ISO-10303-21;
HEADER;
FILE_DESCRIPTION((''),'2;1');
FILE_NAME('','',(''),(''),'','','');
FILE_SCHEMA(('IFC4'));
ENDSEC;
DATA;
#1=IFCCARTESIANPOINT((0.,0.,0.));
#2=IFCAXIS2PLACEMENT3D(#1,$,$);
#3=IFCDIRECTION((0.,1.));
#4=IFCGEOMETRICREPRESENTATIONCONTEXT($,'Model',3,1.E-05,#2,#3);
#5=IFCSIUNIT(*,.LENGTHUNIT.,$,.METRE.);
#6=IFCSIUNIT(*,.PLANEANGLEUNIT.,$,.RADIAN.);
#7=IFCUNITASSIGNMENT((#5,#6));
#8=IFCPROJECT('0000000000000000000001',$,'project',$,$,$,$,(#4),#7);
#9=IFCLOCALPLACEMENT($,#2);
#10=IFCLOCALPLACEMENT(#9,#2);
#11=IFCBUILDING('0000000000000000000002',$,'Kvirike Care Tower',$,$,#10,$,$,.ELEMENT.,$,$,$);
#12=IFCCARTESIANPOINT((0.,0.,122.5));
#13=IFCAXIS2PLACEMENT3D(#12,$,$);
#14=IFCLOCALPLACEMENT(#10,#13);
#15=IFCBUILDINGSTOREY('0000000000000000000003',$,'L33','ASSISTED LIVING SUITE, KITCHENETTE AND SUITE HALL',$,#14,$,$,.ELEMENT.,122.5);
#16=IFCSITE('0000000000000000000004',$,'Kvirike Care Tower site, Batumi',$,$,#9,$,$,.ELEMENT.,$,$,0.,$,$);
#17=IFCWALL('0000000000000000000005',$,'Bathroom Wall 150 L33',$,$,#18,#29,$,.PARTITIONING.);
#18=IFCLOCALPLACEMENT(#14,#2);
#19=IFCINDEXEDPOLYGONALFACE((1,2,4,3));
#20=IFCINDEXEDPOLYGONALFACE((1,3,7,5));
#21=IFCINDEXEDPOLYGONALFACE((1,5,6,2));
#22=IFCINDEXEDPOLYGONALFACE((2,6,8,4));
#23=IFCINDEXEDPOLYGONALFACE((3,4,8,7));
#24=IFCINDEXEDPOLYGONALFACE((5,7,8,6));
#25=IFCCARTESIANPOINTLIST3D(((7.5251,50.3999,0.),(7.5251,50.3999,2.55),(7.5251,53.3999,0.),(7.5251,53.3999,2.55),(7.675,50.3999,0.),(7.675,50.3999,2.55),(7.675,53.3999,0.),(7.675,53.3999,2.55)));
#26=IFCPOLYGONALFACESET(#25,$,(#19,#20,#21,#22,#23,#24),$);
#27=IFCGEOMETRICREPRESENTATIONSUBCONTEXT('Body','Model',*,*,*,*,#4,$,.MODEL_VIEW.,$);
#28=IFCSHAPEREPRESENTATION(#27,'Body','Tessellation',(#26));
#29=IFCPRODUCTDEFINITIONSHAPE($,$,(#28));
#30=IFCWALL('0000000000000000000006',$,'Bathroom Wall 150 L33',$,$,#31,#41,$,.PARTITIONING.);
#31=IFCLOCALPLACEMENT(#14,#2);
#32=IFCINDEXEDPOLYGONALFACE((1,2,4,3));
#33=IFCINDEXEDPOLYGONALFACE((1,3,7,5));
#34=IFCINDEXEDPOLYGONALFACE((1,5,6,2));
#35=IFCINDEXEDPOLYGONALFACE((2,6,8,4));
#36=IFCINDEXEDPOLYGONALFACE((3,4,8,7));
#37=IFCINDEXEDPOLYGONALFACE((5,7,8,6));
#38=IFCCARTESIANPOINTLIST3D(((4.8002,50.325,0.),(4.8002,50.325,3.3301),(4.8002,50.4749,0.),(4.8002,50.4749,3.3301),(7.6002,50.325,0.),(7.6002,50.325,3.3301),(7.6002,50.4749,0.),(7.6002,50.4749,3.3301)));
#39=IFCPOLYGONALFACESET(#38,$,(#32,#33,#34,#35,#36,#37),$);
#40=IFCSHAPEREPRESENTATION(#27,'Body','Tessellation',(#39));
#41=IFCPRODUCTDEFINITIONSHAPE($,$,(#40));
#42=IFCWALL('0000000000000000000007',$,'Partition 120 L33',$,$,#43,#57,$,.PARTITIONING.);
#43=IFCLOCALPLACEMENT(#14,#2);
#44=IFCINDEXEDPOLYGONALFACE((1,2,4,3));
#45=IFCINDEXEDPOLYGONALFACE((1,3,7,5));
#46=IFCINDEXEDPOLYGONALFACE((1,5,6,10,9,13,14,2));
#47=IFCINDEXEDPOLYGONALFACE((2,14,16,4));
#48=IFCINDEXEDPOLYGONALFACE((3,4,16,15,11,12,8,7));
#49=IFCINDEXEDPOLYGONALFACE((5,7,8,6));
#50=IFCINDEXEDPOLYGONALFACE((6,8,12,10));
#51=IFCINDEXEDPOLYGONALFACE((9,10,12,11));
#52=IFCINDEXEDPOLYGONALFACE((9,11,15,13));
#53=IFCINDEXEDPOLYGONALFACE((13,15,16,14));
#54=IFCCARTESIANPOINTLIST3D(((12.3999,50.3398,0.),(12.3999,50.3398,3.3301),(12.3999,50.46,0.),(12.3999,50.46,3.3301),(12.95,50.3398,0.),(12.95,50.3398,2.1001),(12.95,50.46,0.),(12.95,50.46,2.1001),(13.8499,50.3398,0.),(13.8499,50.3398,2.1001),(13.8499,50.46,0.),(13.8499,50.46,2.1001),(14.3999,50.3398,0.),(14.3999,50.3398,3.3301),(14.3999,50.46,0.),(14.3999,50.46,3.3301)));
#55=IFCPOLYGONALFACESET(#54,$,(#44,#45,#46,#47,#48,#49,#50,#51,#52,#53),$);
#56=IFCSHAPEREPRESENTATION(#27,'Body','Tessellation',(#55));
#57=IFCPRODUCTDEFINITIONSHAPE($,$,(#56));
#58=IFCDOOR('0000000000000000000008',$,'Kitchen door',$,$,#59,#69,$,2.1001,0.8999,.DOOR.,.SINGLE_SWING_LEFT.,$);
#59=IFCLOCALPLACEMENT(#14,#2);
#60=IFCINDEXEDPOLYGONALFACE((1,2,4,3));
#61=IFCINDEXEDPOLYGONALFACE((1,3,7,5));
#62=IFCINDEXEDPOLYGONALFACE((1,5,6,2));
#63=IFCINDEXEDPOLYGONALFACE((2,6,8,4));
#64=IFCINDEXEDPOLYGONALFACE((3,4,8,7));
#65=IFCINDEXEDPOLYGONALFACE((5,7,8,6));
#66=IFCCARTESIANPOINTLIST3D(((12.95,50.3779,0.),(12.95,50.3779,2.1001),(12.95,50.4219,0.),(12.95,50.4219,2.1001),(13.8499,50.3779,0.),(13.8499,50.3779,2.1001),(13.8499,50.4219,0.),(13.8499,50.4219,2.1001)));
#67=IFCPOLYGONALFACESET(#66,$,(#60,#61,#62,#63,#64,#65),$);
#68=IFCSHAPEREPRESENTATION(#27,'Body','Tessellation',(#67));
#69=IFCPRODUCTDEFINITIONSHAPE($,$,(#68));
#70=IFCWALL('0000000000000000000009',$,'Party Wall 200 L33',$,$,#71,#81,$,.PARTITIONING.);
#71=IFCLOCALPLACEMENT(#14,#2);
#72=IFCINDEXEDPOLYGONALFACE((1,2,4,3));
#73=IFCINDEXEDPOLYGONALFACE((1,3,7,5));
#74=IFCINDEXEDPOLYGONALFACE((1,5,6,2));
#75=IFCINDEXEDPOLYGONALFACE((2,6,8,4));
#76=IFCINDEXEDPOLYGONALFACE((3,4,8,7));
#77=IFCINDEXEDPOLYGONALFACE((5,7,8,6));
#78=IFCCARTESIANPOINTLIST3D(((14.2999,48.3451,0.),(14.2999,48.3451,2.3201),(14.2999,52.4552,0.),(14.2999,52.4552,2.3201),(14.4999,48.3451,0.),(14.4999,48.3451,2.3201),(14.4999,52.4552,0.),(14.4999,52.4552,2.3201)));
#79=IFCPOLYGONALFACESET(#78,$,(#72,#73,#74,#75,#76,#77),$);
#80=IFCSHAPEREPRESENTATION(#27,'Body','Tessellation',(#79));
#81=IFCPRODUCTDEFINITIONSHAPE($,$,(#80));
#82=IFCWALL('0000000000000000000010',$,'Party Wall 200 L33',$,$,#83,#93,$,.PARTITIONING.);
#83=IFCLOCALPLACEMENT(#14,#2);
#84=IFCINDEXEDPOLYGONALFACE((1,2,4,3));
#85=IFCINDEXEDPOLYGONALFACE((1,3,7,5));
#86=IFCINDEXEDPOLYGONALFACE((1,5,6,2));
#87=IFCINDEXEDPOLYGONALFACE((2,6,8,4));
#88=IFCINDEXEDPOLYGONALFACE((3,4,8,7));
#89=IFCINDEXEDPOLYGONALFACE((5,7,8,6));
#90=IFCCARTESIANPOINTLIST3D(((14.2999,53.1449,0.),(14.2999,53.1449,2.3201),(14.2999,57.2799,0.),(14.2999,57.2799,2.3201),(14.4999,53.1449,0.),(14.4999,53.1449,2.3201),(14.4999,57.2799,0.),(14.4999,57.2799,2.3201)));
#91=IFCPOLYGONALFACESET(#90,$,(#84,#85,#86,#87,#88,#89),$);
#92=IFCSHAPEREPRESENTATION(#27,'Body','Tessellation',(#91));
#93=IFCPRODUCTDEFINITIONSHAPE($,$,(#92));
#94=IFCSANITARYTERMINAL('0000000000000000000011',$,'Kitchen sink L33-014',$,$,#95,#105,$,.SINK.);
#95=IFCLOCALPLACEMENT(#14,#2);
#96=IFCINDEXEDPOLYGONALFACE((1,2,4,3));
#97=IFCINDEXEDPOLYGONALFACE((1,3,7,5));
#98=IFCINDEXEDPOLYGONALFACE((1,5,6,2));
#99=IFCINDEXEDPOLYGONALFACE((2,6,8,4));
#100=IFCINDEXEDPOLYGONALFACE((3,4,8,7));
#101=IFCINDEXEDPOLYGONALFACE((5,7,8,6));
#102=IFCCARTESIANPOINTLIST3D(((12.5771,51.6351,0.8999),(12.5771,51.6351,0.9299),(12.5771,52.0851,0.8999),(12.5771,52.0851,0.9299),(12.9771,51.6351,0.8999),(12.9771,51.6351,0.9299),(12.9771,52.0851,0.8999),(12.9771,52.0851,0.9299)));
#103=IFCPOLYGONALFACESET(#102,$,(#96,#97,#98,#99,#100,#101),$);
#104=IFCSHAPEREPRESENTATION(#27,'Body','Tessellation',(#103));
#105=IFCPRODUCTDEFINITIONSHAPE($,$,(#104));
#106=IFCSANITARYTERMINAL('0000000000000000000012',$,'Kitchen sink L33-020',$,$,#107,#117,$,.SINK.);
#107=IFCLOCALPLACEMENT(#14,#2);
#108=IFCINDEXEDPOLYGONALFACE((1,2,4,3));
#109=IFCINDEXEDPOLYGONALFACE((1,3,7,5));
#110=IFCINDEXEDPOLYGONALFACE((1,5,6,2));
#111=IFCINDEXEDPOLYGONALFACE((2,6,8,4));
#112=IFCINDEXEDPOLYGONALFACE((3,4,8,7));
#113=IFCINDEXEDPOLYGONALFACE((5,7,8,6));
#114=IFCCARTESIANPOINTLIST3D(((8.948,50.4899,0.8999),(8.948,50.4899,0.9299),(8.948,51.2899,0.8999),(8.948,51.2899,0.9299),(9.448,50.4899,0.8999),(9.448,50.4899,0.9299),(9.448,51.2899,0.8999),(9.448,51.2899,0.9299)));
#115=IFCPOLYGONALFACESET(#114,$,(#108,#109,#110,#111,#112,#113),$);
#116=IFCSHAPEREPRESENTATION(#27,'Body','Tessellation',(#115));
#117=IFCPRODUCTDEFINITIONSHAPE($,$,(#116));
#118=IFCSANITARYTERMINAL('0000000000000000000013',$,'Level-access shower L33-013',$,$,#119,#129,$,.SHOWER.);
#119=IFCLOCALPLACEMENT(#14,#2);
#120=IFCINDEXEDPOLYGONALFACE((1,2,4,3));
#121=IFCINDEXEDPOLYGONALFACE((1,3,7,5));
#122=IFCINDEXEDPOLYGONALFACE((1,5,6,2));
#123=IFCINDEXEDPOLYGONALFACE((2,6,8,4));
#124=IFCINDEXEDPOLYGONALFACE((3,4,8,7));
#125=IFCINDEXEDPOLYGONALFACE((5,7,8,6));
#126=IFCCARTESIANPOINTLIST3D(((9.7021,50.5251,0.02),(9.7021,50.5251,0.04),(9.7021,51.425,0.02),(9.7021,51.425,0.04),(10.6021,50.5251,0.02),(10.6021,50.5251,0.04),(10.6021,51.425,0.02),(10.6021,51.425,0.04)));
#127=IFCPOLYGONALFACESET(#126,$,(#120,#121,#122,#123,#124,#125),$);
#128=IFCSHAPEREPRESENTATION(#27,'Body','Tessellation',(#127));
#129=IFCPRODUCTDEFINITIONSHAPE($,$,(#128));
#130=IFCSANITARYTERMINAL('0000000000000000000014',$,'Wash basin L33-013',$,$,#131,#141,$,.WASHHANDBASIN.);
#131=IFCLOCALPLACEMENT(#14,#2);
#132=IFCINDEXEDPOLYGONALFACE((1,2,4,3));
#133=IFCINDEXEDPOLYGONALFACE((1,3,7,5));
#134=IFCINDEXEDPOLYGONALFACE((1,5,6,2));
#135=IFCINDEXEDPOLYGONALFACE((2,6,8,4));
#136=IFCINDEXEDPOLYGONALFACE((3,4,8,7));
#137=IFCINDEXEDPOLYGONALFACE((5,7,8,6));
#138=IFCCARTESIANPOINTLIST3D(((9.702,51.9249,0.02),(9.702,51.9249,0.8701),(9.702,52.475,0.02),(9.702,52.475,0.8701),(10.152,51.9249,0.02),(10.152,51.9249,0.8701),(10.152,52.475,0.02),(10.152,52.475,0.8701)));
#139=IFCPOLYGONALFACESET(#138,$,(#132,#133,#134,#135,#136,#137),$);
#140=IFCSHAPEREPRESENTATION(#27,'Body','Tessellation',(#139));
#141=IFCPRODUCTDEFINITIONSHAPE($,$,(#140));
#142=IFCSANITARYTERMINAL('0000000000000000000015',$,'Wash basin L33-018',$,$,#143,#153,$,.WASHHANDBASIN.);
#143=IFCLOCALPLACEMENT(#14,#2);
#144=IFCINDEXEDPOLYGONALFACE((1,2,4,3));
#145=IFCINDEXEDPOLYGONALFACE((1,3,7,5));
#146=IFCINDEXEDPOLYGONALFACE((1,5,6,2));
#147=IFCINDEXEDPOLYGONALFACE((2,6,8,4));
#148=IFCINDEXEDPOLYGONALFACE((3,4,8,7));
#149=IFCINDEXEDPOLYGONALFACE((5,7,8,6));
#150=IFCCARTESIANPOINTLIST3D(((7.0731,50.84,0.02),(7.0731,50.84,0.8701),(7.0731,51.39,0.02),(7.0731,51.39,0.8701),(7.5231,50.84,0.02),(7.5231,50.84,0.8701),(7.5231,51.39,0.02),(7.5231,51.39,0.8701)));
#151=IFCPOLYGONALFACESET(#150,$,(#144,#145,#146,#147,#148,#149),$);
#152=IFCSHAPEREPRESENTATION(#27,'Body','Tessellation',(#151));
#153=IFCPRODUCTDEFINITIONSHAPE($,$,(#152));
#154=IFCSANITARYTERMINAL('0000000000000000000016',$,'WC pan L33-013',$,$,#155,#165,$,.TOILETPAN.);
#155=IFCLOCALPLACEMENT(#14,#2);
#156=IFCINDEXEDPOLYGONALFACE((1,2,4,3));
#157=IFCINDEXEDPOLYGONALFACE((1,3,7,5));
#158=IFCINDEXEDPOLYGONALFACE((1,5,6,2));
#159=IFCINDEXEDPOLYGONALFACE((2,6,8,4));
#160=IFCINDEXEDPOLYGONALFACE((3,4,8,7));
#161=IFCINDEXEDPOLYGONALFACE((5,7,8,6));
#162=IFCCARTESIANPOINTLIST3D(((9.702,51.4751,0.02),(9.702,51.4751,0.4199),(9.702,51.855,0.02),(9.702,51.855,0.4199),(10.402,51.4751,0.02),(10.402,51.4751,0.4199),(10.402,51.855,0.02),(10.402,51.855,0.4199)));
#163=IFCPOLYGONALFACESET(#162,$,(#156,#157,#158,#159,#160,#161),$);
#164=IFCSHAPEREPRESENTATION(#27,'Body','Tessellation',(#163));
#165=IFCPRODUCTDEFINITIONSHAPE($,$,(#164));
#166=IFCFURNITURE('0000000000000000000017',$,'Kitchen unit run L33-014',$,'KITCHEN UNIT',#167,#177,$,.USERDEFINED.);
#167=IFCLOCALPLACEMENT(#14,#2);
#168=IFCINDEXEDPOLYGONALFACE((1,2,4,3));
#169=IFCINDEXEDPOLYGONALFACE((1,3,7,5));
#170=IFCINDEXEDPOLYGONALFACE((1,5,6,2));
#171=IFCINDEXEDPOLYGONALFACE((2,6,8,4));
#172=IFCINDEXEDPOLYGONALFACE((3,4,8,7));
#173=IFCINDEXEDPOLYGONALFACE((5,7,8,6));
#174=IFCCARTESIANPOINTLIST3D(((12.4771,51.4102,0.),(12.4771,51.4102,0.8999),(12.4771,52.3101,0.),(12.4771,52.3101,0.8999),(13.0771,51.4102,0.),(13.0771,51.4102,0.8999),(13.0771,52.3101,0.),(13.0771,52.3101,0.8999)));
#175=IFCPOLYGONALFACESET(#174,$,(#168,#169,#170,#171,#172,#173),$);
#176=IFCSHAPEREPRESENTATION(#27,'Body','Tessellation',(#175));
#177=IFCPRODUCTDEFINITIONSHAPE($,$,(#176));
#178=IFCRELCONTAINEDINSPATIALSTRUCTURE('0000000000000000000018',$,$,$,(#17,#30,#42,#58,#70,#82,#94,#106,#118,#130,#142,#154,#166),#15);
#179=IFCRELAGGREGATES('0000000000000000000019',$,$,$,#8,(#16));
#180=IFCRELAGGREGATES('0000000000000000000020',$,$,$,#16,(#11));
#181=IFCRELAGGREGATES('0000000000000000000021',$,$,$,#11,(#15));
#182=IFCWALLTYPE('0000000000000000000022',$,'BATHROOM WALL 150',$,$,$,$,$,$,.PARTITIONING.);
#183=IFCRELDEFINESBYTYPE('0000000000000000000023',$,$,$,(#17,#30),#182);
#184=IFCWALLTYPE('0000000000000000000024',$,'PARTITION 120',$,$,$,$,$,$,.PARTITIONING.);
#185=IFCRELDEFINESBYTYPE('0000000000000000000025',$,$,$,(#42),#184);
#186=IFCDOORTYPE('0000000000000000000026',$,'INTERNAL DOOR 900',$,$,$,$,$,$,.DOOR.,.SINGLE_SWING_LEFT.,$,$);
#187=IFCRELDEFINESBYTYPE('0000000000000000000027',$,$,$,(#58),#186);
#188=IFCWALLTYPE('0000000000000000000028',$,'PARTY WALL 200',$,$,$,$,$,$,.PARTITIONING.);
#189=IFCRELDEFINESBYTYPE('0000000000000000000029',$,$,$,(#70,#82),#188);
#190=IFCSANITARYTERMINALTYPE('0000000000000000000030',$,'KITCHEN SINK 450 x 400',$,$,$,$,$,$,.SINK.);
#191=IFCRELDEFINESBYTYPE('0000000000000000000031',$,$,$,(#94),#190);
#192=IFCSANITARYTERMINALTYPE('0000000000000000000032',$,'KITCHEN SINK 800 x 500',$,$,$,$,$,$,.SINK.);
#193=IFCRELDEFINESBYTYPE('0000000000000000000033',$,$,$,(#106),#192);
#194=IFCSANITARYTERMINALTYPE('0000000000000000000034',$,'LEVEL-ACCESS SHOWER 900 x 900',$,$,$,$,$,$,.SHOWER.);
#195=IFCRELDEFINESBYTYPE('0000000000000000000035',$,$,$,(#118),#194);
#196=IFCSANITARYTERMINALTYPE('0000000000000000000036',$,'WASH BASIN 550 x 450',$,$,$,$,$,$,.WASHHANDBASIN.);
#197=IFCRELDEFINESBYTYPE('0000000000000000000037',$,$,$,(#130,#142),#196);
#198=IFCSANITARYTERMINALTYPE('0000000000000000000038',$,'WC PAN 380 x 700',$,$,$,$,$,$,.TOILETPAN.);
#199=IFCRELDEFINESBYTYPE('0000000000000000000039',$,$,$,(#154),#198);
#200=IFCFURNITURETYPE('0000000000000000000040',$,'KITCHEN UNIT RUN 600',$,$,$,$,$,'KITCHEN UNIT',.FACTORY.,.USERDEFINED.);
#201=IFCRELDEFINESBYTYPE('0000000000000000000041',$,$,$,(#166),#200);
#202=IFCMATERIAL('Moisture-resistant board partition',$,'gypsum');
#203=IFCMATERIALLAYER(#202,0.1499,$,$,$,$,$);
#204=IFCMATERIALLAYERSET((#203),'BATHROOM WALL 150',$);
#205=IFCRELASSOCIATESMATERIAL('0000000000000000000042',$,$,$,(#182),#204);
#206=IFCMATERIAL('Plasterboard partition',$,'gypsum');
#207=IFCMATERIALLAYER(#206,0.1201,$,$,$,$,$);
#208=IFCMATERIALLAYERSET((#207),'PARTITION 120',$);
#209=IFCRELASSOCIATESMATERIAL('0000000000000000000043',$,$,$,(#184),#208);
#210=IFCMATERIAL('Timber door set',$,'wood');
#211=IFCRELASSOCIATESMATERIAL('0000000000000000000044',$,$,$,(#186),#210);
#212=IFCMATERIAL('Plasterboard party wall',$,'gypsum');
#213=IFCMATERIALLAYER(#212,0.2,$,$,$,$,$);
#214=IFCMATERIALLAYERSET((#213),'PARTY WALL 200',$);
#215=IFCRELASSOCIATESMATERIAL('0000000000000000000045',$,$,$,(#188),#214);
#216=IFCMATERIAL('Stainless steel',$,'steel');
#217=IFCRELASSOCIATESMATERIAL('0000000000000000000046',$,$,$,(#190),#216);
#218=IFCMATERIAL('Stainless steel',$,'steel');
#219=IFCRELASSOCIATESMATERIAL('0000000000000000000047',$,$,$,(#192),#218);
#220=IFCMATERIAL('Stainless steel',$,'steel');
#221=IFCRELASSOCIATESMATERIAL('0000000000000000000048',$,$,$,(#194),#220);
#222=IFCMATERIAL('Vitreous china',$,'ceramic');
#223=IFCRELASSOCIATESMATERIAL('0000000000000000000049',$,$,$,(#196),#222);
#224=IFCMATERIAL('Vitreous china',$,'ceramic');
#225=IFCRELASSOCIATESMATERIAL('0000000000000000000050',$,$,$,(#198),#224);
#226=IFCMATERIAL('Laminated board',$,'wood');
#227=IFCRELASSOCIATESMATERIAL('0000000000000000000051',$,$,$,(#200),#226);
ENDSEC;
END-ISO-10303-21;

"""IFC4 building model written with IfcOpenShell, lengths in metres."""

from ifc_helpers import new_model, si_unit, direction, frame, frame_2d, origin, origin_2d, place, context, subcontext, project, spatial, rectangle, extrude, material, layer, layer_set, type_object, element, fill, save


model = new_model("IFC4")

# Units and contexts
model_context = context("Model", 3, precision=1e-05, world=origin(), true_north=direction((0.0, 1.0)))
body_context = subcontext(model_context, "Body", "Model", "MODEL_VIEW")
ifc_project = project(units=[si_unit("LENGTHUNIT", "METRE"), si_unit("PLANEANGLEUNIT", "RADIAN")], contexts=[model_context])

# Site, building, storey
site_placement = place(None, origin())
site = spatial("IfcSite", under=ifc_project, at=site_placement, Name="Kvirike Care Tower site, Batumi", CompositionType="ELEMENT", RefElevation=0.0)
building_placement = place(site_placement, origin())
building = spatial("IfcBuilding", under=site, at=building_placement, Name="Kvirike Care Tower", CompositionType="ELEMENT")
storey_placement = place(building_placement, frame((0.0, 0.0, 122.5)))
storey = spatial("IfcBuildingStorey", under=building, at=storey_placement, Name="L33", Description="ASSISTED LIVING SUITE, KITCHENETTE AND SUITE HALL", CompositionType="ELEMENT", Elevation=122.5)

# Walls
ifc_material_1 = material(Name="Moisture-resistant board partition", Category="gypsum")
ifc_layer_1 = layer(ifc_material_1, 0.1499)
ifc_layer_set_1 = layer_set([ifc_layer_1], Name="BATHROOM WALL 150")
wall_type_1 = type_object("IfcWallType", Name="BATHROOM WALL 150", PredefinedType="PARTITIONING", material=ifc_layer_set_1)
wall_1_placement = place(storey_placement, frame((7.6001, 53.3999, 0.0), z_axis=(0.0, 0.0, 1.0), x_axis=(0.0, -1.0, 0.0)))
element("IfcWall", 1, at=wall_1_placement, inside=storey, type_object=wall_type_1, Name="Bathroom Wall 150 L33", PredefinedType="PARTITIONING", context=body_context, shape_type="SweptSolid", body=[
    extrude(rectangle(XDim=3.0, YDim=0.1499, at=frame_2d((1.5, 0.0))), origin(), (0.0, 0.0, 1.0), 2.55),
])
wall_2_placement = place(storey_placement, frame((7.6001, 50.3999, 0.0), z_axis=(0.0, 0.0, 1.0), x_axis=(-1.0, 0.0, 0.0)))
element("IfcWall", 2, at=wall_2_placement, inside=storey, type_object=wall_type_1, Name="Bathroom Wall 150 L33", PredefinedType="PARTITIONING", context=body_context, shape_type="SweptSolid", body=[
    extrude(rectangle(XDim=2.8, YDim=0.1499, at=frame_2d((1.3999, 0.0))), origin(), (0.0, 0.0, 1.0), 3.3301),
])

# Wall, opening, door
ifc_material_2 = material(Name="Plasterboard partition", Category="gypsum")
ifc_layer_2 = layer(ifc_material_2, 0.1201)
ifc_layer_set_2 = layer_set([ifc_layer_2], Name="PARTITION 120")
wall_type_2 = type_object("IfcWallType", Name="PARTITION 120", PredefinedType="PARTITIONING", material=ifc_layer_set_2)
wall_3_placement = place(storey_placement, frame((14.3999, 50.3999, 0.0), z_axis=(0.0, 0.0, 1.0), x_axis=(-1.0, 0.0, 0.0)))
wall_3 = element("IfcWall", 3, at=wall_3_placement, inside=storey, type_object=wall_type_2, Name="Partition 120 L33", PredefinedType="PARTITIONING", context=body_context, shape_type="SweptSolid", body=[
    extrude(rectangle(XDim=2.0, YDim=0.1201, at=frame_2d((1.0, 0.0))), origin(), (0.0, 0.0, 1.0), 3.3301),
])
opening_placement = place(wall_3_placement, frame((0.55, 0.0, 0.0)))
opening = element("IfcOpeningElement", 4, at=opening_placement, cuts=wall_3, PredefinedType="OPENING", context=body_context, shape_type="SweptSolid", body=[
    extrude(rectangle(XDim=0.8999, YDim=2.1001, at=frame_2d((0.45, 1.05))), frame((0.0, 0.0706, 0.0), z_axis=(0.0, -1.0, 0.0), x_axis=(1.0, 0.0, 0.0)), (0.0, 0.0, 1.0), 0.1411),
])
ifc_material_3 = material(Name="Timber door set", Category="wood")
door_type = type_object("IfcDoorType", Name="INTERNAL DOOR 900", OperationType="SINGLE_SWING_LEFT", PredefinedType="DOOR", material=ifc_material_3)
door_placement = place(opening_placement, frame((0.8999, 0.0, 0.0), z_axis=(0.0, 0.0, 1.0), x_axis=(-1.0, 0.0, 0.0)))
door = element("IfcDoor", 5, at=door_placement, inside=storey, type_object=door_type, Name="Kitchen door", OperationType="SINGLE_SWING_LEFT", OverallHeight=2.1001, OverallWidth=0.8999, PredefinedType="DOOR", context=body_context, shape_type="SweptSolid", body=[
    extrude(rectangle(XDim=0.8999, YDim=2.1001, at=frame_2d((0.45, 1.05))), frame((0.0, 0.022, 0.0), z_axis=(0.0, -1.0, 0.0), x_axis=(1.0, 0.0, 0.0)), (0.0, 0.0, 1.0), 0.0439),
])
fill(opening, door)

# Walls
ifc_material_4 = material(Name="Plasterboard party wall", Category="gypsum")
ifc_layer_3 = layer(ifc_material_4, 0.2)
ifc_layer_set_3 = layer_set([ifc_layer_3], Name="PARTY WALL 200")
wall_type_3 = type_object("IfcWallType", Name="PARTY WALL 200", PredefinedType="PARTITIONING", material=ifc_layer_set_3)
wall_4_placement = place(storey_placement, frame((14.3999, 48.345, 0.0), z_axis=(0.0, 0.0, 1.0), x_axis=(0.0, 1.0, 0.0)))
element("IfcWall", 6, at=wall_4_placement, inside=storey, type_object=wall_type_3, Name="Party Wall 200 L33", PredefinedType="PARTITIONING", context=body_context, shape_type="SweptSolid", body=[
    extrude(rectangle(XDim=4.1101, YDim=0.2, at=frame_2d((2.0552, 0.0))), origin(), (0.0, 0.0, 1.0), 2.3201),
])
wall_5_placement = place(storey_placement, frame((14.3999, 53.145, 0.0), z_axis=(0.0, 0.0, 1.0), x_axis=(0.0, 1.0, 0.0)))
element("IfcWall", 7, at=wall_5_placement, inside=storey, type_object=wall_type_3, Name="Party Wall 200 L33", PredefinedType="PARTITIONING", context=body_context, shape_type="SweptSolid", body=[
    extrude(rectangle(XDim=4.135, YDim=0.2, at=frame_2d((2.0674, 0.0))), origin(), (0.0, 0.0, 1.0), 2.3201),
])

# Sanitary terminals
ifc_material_5 = material(Name="Stainless steel", Category="steel")
sanitary_terminal_type_1 = type_object("IfcSanitaryTerminalType", Name="KITCHEN SINK 450 x 400", PredefinedType="SINK", material=ifc_material_5)
sanitary_terminal_1_placement = place(storey_placement, frame((12.7771, 51.8601, 0.8999), z_axis=(0.0, 0.0, 1.0), x_axis=(0.0, 1.0, 0.0)))
element("IfcSanitaryTerminal", 8, at=sanitary_terminal_1_placement, inside=storey, type_object=sanitary_terminal_type_1, Name="Kitchen sink L33-014", PredefinedType="SINK", context=body_context, shape_type="SweptSolid", body=[
    extrude(rectangle(XDim=0.45, YDim=0.3999, at=origin_2d()), origin(), (0.0, 0.0, 1.0), 0.03),
])
ifc_material_6 = material(Name="Stainless steel", Category="steel")
sanitary_terminal_type_2 = type_object("IfcSanitaryTerminalType", Name="KITCHEN SINK 800 x 500", PredefinedType="SINK", material=ifc_material_6)
sanitary_terminal_2_placement = place(storey_placement, frame((9.198, 50.8899, 0.8999), z_axis=(0.0, 0.0, 1.0), x_axis=(0.0, -1.0, 0.0)))
element("IfcSanitaryTerminal", 9, at=sanitary_terminal_2_placement, inside=storey, type_object=sanitary_terminal_type_2, Name="Kitchen sink L33-020", PredefinedType="SINK", context=body_context, shape_type="SweptSolid", body=[
    extrude(rectangle(XDim=0.8, YDim=0.5, at=origin_2d()), origin(), (0.0, 0.0, 1.0), 0.03),
])
ifc_material_7 = material(Name="Stainless steel", Category="steel")
sanitary_terminal_type_3 = type_object("IfcSanitaryTerminalType", Name="LEVEL-ACCESS SHOWER 900 x 900", PredefinedType="SHOWER", material=ifc_material_7)
sanitary_terminal_3_placement = place(storey_placement, frame((10.1521, 50.9751, 0.02), z_axis=(0.0, 0.0, 1.0), x_axis=(0.0, 1.0, 0.0)))
element("IfcSanitaryTerminal", 10, at=sanitary_terminal_3_placement, inside=storey, type_object=sanitary_terminal_type_3, Name="Level-access shower L33-013", PredefinedType="SHOWER", context=body_context, shape_type="SweptSolid", body=[
    extrude(rectangle(XDim=0.8999, YDim=0.8999, at=origin_2d()), origin(), (0.0, 0.0, 1.0), 0.02),
])
ifc_material_8 = material(Name="Vitreous china", Category="ceramic")
sanitary_terminal_type_4 = type_object("IfcSanitaryTerminalType", Name="WASH BASIN 550 x 450", PredefinedType="WASHHANDBASIN", material=ifc_material_8)
for number, where, z_axis, x_axis, name in (
    (11, (9.927, 52.2, 0.02), (0.0, 0.0, 1.0), (0.0, 1.0, 0.0), "Wash basin L33-013"),
    (12, (7.2981, 51.115, 0.02), (0.0, 0.0, 1.0), (0.0, -1.0, 0.0), "Wash basin L33-018"),
):
    element("IfcSanitaryTerminal", number, at=place(storey_placement, frame(where, z_axis=z_axis, x_axis=x_axis)), inside=storey, type_object=sanitary_terminal_type_4, Name=name, PredefinedType="WASHHANDBASIN", context=body_context, shape_type="SweptSolid", body=[
        extrude(rectangle(XDim=0.55, YDim=0.45, at=origin_2d()), origin(), (0.0, 0.0, 1.0), 0.8501),
    ])
ifc_material_9 = material(Name="Vitreous china", Category="ceramic")
sanitary_terminal_type_5 = type_object("IfcSanitaryTerminalType", Name="WC PAN 380 x 700", PredefinedType="TOILETPAN", material=ifc_material_9)
sanitary_terminal_4_placement = place(storey_placement, frame((10.052, 51.665, 0.02), z_axis=(0.0, 0.0, 1.0), x_axis=(0.0, 1.0, 0.0)))
element("IfcSanitaryTerminal", 13, at=sanitary_terminal_4_placement, inside=storey, type_object=sanitary_terminal_type_5, Name="WC pan L33-013", PredefinedType="TOILETPAN", context=body_context, shape_type="SweptSolid", body=[
    extrude(rectangle(XDim=0.3799, YDim=0.7, at=origin_2d()), origin(), (0.0, 0.0, 1.0), 0.3999),
])

# Furniture
ifc_material_10 = material(Name="Laminated board", Category="wood")
furniture_type = type_object("IfcFurnitureType", Name="KITCHEN UNIT RUN 600", ElementType="KITCHEN UNIT", AssemblyPlace="FACTORY", PredefinedType="USERDEFINED", material=ifc_material_10)
furniture_1_placement = place(storey_placement, frame((12.7771, 51.8601, 0.0), z_axis=(0.0, 0.0, 1.0), x_axis=(0.0, 1.0, 0.0)))
element("IfcFurniture", 14, at=furniture_1_placement, inside=storey, type_object=furniture_type, Name="Kitchen unit run L33-014", ObjectType="KITCHEN UNIT", PredefinedType="USERDEFINED", context=body_context, shape_type="SweptSolid", body=[
    extrude(rectangle(XDim=0.8999, YDim=0.6001, at=origin_2d()), origin(), (0.0, 0.0, 1.0), 0.8999),
])

save(model, "model.ifc")
